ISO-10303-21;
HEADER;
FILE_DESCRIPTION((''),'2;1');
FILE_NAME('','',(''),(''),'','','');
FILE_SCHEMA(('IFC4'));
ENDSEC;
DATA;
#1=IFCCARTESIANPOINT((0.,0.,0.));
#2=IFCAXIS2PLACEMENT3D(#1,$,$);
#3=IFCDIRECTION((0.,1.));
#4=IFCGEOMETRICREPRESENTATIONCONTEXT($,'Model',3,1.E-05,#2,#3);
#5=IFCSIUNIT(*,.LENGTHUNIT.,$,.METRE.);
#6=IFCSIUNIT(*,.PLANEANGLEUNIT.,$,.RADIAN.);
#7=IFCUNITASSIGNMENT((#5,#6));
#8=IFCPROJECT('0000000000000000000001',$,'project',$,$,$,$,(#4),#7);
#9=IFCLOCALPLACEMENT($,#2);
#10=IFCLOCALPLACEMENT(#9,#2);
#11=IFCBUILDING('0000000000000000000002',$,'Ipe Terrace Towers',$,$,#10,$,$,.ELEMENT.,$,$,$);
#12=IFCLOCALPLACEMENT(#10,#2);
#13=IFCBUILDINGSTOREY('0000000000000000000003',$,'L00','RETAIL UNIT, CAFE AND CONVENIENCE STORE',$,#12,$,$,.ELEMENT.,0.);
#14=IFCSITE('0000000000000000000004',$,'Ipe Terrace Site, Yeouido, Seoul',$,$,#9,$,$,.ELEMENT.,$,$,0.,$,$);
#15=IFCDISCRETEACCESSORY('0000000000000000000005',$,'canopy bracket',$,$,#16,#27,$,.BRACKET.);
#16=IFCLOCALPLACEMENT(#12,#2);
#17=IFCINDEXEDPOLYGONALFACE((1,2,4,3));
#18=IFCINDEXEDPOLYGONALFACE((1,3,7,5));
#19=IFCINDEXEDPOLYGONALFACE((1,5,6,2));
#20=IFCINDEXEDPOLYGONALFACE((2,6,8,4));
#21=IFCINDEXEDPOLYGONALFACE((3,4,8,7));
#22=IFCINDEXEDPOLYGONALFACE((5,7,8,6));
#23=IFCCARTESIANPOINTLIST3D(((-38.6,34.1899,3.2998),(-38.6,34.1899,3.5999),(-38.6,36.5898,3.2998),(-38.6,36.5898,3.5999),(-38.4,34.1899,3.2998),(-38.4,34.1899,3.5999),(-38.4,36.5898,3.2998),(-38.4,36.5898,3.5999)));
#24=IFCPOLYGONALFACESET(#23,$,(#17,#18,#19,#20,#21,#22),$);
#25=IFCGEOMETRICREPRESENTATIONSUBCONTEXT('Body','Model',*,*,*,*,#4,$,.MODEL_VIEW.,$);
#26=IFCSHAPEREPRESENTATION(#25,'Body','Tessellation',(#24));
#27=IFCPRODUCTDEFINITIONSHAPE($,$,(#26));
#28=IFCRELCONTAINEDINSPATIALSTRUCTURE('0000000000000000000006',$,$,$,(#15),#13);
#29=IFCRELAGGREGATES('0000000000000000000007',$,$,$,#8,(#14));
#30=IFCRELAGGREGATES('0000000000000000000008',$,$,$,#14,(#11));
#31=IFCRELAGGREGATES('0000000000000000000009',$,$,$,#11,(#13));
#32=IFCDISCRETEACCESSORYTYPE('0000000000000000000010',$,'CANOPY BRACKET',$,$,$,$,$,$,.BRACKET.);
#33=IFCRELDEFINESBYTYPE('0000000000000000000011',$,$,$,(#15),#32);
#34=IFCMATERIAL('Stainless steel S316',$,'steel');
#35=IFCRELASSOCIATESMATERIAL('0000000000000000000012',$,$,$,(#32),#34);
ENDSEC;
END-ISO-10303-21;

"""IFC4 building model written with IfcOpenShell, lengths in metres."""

from ifc_helpers import new_model, si_unit, direction, frame, origin, origin_2d, place, context, subcontext, project, spatial, rectangle, extrude, material, type_object, element, save


model = new_model("IFC4")

# Units and contexts
model_context = context("Model", 3, precision=1e-05, world=origin(), true_north=direction((0.0, 1.0)))
body_context = subcontext(model_context, "Body", "Model", "MODEL_VIEW")
ifc_project = project(units=[si_unit("LENGTHUNIT", "METRE"), si_unit("PLANEANGLEUNIT", "RADIAN")], contexts=[model_context])

# Site, building, storey
site_placement = place(None, origin())
site = spatial("IfcSite", under=ifc_project, at=site_placement, Name="Ipe Terrace Site, Yeouido, Seoul", CompositionType="ELEMENT", RefElevation=0.0)
building_placement = place(site_placement, origin())
building = spatial("IfcBuilding", under=site, at=building_placement, Name="Ipe Terrace Towers", CompositionType="ELEMENT")
storey_placement = place(building_placement, origin())
storey = spatial("IfcBuildingStorey", under=building, at=storey_placement, Name="L00", Description="RETAIL UNIT, CAFE AND CONVENIENCE STORE", CompositionType="ELEMENT", Elevation=0.0)

# Discrete accessory
ifc_material_1 = material(Name="Stainless steel S316", Category="steel")
discrete_accessory_type = type_object("IfcDiscreteAccessoryType", Name="CANOPY BRACKET", PredefinedType="BRACKET", material=ifc_material_1)
discrete_accessory_placement = place(storey_placement, frame((-38.5, 35.3899, 3.2998), z_axis=(0.0, 0.0, 1.0), x_axis=(1.0, 0.0, 0.0)))
element("IfcDiscreteAccessory", 1, at=discrete_accessory_placement, inside=storey, type_object=discrete_accessory_type, Name="canopy bracket", PredefinedType="BRACKET", context=body_context, shape_type="SweptSolid", body=[
    extrude(rectangle(XDim=0.2, YDim=2.3999, at=origin_2d()), origin(), (0.0, 0.0, 1.0), 0.3),
])

save(model, "model.ifc")
